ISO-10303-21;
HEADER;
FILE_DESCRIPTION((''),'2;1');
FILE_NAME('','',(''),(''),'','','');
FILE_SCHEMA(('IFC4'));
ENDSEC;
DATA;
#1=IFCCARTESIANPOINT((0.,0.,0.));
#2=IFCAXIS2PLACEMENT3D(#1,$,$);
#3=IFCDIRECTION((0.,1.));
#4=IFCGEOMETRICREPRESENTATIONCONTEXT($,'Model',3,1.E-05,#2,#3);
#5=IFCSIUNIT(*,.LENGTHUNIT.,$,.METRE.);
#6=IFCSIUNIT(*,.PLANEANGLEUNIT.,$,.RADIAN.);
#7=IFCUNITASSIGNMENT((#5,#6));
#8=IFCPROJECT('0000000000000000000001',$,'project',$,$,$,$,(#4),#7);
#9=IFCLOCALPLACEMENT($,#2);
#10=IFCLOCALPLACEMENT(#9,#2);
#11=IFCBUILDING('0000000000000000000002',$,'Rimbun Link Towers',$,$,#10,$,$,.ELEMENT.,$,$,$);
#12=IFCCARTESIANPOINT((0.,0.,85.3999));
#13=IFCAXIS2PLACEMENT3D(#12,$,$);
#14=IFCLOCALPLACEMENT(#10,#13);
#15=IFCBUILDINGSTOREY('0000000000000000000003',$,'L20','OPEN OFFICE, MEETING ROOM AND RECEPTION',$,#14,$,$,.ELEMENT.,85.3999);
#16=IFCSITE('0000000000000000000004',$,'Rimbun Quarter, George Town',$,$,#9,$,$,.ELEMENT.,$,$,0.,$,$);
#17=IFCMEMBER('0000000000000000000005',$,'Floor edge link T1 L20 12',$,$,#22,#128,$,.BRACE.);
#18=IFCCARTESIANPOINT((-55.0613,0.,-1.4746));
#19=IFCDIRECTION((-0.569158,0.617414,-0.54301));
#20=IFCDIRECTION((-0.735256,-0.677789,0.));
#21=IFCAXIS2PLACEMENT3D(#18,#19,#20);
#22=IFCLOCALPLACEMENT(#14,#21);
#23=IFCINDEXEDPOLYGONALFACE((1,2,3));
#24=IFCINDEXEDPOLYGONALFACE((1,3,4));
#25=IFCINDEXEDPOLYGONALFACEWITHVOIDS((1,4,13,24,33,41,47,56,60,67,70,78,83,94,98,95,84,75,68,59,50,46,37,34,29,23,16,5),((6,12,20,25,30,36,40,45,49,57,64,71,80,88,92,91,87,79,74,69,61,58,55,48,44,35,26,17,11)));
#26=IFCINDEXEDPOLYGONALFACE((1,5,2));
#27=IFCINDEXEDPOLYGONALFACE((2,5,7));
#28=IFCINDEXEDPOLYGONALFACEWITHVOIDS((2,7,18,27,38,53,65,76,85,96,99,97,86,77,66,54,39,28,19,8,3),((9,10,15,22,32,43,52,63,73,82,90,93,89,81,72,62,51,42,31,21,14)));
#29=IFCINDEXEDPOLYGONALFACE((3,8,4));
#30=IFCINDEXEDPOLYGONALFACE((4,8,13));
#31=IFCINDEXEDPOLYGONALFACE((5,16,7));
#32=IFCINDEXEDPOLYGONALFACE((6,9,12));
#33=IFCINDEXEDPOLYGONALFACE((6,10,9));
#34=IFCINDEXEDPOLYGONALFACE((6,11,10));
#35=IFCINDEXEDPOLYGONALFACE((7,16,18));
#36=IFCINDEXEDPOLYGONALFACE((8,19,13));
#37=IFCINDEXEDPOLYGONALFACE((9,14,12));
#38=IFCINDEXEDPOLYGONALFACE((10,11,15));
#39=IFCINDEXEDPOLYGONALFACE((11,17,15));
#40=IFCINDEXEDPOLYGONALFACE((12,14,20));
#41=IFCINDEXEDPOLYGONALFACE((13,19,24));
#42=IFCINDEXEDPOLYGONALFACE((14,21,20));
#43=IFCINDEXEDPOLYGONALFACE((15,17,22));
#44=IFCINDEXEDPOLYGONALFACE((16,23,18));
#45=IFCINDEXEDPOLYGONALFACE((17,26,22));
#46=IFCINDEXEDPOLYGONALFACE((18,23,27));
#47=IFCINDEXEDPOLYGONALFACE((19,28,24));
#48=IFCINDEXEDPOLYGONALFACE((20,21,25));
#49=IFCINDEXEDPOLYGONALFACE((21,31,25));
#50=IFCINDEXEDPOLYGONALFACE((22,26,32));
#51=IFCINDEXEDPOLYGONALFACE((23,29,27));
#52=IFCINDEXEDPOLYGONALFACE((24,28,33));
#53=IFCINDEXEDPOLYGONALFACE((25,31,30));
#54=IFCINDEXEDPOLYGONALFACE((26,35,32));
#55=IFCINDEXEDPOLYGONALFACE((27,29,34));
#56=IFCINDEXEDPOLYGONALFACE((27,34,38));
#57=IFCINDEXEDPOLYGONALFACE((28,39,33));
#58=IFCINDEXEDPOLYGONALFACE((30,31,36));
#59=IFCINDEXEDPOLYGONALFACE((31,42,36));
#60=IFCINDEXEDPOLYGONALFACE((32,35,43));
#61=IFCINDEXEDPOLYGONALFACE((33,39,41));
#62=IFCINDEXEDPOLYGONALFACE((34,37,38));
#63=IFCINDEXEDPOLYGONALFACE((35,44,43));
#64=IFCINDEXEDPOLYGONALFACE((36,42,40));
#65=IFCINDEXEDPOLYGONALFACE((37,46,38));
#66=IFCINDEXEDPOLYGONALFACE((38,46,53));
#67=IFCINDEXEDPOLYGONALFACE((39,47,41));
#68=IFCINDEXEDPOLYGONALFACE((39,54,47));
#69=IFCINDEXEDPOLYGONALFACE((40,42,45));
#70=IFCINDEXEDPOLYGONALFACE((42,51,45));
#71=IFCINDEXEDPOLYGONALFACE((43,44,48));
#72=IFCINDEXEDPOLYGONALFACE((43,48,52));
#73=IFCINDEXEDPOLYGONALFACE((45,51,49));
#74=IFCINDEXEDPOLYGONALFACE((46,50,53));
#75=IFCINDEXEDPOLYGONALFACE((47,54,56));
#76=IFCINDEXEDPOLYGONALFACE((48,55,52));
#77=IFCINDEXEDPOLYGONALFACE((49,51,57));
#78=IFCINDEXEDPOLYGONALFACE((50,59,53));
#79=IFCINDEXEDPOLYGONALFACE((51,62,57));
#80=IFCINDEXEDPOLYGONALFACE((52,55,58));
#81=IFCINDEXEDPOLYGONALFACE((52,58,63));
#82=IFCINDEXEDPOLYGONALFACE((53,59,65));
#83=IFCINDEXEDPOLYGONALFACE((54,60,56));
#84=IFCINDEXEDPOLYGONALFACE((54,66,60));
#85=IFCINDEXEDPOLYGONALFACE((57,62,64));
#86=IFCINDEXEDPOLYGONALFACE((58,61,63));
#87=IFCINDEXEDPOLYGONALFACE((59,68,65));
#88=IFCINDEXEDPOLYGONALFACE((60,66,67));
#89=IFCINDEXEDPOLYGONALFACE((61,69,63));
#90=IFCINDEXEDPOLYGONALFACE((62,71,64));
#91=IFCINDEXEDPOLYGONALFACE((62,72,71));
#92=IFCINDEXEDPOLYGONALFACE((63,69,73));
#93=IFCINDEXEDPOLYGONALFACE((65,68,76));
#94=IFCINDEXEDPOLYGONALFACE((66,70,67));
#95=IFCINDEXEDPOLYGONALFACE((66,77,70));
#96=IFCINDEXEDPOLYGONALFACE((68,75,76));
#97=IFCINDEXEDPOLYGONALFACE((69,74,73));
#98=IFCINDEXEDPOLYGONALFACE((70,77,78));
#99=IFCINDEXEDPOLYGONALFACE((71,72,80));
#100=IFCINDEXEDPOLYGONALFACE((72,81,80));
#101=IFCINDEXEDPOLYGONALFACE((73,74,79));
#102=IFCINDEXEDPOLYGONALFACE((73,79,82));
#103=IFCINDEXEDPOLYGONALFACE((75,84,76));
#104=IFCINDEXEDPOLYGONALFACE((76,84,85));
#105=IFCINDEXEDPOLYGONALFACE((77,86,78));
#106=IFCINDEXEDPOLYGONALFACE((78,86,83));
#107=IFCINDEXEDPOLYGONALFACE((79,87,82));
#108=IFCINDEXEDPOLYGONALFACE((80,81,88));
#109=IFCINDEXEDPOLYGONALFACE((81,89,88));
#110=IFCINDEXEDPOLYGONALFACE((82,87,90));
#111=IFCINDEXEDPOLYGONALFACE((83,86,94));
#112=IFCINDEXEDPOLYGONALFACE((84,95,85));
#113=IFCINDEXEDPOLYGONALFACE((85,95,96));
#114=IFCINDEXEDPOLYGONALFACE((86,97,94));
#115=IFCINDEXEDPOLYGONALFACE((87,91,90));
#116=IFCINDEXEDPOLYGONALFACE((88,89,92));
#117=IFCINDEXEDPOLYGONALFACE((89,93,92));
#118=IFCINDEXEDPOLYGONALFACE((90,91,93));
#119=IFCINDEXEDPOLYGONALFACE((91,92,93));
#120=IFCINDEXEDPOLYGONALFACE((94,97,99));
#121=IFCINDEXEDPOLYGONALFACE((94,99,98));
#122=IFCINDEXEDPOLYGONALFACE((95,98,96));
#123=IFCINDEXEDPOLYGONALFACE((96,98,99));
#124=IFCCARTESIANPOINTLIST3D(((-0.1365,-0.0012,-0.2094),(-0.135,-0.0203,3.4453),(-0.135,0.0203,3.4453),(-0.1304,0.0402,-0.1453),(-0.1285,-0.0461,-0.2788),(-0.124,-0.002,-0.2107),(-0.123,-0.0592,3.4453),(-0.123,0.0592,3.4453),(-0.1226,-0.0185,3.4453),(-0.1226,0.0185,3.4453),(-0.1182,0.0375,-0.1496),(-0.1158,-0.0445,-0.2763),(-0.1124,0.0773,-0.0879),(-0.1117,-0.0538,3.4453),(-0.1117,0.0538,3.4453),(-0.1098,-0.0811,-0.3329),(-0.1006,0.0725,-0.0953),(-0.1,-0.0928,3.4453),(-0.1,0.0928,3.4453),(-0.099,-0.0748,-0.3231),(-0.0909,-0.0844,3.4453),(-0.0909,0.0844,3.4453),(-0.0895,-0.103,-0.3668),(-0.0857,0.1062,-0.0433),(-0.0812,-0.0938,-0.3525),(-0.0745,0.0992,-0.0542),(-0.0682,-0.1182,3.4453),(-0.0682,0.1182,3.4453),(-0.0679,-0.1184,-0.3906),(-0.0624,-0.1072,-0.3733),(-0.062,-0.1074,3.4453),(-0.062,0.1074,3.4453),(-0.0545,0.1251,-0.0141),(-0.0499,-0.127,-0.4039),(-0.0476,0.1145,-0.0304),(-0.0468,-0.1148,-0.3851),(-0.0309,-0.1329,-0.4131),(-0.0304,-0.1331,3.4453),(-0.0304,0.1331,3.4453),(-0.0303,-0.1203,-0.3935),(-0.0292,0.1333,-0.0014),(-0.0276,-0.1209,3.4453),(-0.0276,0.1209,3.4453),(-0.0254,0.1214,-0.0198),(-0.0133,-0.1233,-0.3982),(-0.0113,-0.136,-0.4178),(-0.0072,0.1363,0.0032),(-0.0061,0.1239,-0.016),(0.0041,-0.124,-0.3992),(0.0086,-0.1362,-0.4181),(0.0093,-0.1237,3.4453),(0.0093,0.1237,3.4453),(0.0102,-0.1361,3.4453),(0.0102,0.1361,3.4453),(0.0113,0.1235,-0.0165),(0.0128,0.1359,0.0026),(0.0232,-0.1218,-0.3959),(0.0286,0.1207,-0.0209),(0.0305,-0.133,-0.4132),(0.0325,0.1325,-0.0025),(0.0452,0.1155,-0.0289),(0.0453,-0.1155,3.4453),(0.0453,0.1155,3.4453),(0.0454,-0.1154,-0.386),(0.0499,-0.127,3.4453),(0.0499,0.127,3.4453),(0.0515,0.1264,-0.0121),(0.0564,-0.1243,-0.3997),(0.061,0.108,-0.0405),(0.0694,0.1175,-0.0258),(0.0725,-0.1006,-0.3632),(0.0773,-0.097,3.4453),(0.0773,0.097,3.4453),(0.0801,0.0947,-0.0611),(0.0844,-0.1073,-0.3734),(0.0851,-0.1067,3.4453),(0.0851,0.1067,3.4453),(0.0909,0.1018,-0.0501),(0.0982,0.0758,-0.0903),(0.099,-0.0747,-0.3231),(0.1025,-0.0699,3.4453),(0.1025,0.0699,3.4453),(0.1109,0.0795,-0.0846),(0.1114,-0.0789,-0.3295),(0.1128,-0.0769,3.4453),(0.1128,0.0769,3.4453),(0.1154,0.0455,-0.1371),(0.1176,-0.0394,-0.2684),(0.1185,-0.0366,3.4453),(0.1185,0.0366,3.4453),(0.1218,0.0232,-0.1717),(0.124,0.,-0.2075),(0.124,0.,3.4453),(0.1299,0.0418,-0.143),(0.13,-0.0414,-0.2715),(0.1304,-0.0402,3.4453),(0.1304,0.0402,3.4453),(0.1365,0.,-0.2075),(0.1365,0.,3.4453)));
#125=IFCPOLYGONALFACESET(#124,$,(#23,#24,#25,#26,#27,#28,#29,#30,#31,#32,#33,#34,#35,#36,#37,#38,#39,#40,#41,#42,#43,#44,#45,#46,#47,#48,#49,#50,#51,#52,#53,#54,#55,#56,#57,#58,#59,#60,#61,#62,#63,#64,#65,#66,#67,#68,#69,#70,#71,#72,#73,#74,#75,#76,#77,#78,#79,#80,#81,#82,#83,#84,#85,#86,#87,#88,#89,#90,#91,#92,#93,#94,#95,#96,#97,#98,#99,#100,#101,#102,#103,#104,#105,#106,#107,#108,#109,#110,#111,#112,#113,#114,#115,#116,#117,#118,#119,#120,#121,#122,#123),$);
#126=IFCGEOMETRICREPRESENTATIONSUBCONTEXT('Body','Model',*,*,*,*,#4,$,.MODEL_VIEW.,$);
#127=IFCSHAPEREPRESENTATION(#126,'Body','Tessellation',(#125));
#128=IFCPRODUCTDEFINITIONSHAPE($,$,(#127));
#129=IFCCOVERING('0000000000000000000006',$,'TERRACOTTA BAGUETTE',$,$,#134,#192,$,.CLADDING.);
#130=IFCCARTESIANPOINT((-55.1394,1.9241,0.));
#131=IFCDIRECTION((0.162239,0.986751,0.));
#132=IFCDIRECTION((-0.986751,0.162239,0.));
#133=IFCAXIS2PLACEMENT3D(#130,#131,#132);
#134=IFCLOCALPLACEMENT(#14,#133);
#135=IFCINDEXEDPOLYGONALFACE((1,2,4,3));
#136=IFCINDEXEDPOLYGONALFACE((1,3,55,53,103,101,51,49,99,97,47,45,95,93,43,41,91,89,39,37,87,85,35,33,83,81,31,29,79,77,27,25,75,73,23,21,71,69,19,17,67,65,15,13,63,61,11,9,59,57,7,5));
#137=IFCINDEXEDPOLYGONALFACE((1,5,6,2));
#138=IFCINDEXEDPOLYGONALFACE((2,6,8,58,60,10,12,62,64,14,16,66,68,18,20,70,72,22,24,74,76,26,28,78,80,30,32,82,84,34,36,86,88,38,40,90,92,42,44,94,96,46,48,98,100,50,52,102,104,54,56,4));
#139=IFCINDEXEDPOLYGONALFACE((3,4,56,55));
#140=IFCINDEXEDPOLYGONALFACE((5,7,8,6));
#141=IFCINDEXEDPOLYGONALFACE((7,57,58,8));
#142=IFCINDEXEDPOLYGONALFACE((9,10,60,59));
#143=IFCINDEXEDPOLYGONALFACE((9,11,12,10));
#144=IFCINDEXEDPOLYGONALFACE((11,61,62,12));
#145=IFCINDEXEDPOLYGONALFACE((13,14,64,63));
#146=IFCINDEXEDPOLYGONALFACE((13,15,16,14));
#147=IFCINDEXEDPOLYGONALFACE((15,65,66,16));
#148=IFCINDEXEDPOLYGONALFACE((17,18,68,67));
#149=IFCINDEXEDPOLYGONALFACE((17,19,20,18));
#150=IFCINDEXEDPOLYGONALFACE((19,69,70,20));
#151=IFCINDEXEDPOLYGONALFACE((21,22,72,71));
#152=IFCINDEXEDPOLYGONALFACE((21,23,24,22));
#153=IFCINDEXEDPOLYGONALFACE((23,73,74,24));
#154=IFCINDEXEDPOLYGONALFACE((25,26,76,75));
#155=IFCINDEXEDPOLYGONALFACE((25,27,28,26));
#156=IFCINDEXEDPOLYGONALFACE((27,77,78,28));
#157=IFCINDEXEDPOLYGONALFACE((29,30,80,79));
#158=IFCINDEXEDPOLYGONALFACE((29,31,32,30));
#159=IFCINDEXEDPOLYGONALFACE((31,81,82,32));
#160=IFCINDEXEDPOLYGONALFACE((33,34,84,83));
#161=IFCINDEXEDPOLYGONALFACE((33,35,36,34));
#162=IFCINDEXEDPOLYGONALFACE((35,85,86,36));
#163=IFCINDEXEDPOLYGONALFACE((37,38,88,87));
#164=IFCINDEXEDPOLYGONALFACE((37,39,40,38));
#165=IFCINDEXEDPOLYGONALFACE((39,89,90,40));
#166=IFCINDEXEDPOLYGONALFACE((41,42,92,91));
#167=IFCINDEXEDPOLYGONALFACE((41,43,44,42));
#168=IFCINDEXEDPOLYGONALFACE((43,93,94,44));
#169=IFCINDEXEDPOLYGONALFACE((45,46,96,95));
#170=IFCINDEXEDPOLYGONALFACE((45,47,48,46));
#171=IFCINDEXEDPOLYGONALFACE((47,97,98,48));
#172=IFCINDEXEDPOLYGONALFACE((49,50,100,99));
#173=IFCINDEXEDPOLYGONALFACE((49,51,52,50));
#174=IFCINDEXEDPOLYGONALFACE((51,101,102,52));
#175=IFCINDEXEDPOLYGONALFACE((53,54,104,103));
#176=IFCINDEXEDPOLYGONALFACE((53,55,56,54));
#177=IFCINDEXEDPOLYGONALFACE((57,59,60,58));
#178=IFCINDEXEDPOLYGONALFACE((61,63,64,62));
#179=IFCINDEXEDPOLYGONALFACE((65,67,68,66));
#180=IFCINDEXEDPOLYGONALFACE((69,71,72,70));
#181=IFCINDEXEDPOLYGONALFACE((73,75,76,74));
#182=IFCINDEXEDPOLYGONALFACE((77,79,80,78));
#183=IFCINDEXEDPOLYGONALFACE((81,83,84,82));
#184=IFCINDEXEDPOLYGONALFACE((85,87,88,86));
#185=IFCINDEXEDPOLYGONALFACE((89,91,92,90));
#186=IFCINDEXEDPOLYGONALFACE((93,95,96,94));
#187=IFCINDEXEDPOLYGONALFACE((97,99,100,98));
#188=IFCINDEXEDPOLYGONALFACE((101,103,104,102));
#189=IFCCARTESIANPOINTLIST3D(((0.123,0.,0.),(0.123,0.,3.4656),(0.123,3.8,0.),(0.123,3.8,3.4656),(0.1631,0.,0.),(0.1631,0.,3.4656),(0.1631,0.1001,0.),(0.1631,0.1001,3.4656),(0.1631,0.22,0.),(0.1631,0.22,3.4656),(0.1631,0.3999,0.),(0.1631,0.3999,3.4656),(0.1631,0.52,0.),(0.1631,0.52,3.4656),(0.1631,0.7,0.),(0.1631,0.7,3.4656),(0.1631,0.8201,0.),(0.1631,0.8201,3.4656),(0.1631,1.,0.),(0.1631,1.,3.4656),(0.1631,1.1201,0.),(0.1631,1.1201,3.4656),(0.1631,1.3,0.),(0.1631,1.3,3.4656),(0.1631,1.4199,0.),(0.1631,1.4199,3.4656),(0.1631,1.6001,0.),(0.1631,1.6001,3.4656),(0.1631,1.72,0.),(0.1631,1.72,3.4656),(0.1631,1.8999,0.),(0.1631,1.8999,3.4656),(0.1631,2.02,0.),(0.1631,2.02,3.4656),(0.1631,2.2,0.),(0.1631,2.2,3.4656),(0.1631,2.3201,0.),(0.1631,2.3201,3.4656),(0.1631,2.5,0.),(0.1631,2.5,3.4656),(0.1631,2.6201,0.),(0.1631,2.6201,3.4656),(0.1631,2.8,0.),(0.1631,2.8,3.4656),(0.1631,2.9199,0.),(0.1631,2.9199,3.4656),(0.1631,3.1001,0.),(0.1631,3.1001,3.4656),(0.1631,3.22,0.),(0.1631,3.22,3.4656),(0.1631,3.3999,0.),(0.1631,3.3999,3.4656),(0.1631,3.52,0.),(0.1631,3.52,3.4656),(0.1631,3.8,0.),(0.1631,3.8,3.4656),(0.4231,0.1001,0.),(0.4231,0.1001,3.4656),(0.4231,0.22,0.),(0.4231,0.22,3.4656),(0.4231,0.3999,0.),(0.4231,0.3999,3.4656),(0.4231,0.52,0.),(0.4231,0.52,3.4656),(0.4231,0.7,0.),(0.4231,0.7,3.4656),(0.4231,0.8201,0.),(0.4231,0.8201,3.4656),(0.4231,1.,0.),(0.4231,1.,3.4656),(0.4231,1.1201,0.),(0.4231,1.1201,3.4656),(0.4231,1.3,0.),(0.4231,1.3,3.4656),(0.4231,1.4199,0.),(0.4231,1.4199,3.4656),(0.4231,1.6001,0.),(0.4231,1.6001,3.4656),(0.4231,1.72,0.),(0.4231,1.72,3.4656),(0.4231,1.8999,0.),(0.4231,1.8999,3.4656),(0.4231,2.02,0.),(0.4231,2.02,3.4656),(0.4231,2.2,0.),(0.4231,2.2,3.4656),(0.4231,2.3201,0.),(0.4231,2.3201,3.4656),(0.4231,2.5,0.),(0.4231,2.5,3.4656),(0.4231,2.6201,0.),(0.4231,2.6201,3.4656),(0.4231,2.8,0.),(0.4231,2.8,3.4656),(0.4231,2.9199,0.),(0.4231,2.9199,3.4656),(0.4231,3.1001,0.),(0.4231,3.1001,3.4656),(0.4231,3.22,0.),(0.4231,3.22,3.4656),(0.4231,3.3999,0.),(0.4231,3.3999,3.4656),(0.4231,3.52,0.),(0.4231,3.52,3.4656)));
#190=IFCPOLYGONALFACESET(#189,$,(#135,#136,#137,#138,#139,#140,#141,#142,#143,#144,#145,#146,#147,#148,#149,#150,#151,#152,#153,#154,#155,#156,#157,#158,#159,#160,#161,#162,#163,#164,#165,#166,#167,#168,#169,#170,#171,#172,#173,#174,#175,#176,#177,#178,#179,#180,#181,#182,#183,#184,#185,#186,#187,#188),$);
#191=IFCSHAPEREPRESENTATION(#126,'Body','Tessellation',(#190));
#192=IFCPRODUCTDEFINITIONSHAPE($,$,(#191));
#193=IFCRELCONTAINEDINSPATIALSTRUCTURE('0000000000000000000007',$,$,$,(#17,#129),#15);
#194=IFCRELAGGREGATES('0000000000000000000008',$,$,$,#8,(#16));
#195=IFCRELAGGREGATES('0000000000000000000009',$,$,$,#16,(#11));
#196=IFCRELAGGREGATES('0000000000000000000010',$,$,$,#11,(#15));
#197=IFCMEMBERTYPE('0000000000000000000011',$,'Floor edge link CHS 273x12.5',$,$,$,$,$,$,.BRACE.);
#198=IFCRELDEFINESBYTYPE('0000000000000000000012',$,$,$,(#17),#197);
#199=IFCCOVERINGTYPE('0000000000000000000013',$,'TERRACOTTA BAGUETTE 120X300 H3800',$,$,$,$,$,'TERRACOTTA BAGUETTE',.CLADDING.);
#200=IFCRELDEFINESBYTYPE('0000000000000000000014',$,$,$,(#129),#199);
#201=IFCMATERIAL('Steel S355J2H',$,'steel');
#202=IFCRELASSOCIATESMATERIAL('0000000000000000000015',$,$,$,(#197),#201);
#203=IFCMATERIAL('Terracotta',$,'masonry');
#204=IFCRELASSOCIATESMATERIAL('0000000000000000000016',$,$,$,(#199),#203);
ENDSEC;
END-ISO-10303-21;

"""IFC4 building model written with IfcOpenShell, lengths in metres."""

from ifc_helpers import new_model, si_unit, direction, frame, origin, origin_2d, place, context, subcontext, project, spatial, polyline, hollow_circle, outline, extrude, clip, halfspace, material, material_profile, profile_set, type_object, element, save


model = new_model("IFC4")

# Units and contexts
model_context = context("Model", 3, precision=1e-05, world=origin(), true_north=direction((0.0, 1.0)))
body_context = subcontext(model_context, "Body", "Model", "MODEL_VIEW")
ifc_project = project(units=[si_unit("LENGTHUNIT", "METRE"), si_unit("PLANEANGLEUNIT", "RADIAN")], contexts=[model_context])

# Site, building, storey
site_placement = place(None, origin())
site = spatial("IfcSite", under=ifc_project, at=site_placement, Name="Rimbun Quarter, George Town", CompositionType="ELEMENT", RefElevation=0.0)
building_placement = place(site_placement, origin())
building = spatial("IfcBuilding", under=site, at=building_placement, Name="Rimbun Link Towers", CompositionType="ELEMENT")
storey_placement = place(building_placement, frame((0.0, 0.0, 85.3999)))
storey = spatial("IfcBuildingStorey", under=building, at=storey_placement, Name="L20", Description="OPEN OFFICE, MEETING ROOM AND RECEPTION", CompositionType="ELEMENT", Elevation=85.3999)

# Member
ifc_material_1 = material(Name="Steel S355J2H", Category="steel")
ifc_material_profile_1 = material_profile(ifc_material_1, hollow_circle(Radius=0.1365, WallThickness=0.0125, at=origin_2d()), Name="CHS 273x12.5")
ifc_profile_set_1 = profile_set([ifc_material_profile_1], Name="Steel S355J2H")
member_type_1 = type_object("IfcMemberType", Name="Floor edge link CHS 273x12.5", PredefinedType="BRACE", material=ifc_profile_set_1)
member_1_placement = place(storey_placement, frame((-55.0613, 0.0, -1.4746), z_axis=(-0.569158, 0.617414, -0.54301), x_axis=(-0.735256, -0.677789, 0.0)))
element("IfcMember", 1, at=member_1_placement, inside=storey, type_object=member_type_1, Name="Floor edge link T1 L20 12", PredefinedType="BRACE", context=body_context, shape_type="Clipping", body=[
    clip(extrude(hollow_circle(Radius=0.1365, WallThickness=0.0125, at=origin_2d()), frame((0.0, 0.0, -0.4407)), (0.0, 0.0, 1.0), 3.886), halfspace(frame((0.0, 0.0, -0.2075), z_axis=(0.0, 0.839726, -0.54301)), False)),
])

# Covering
ifc_material_2 = material(Name="Terracotta", Category="masonry")
ifc_material_profile_2 = material_profile(ifc_material_2, outline(polyline([(0.123, 0.0), (0.1631, 0.0), (0.1631, 0.1001), (0.4231, 0.1001), (0.4231, 0.22), (0.1631, 0.22), (0.1631, 0.3999), (0.4231, 0.3999), (0.4231, 0.52), (0.1631, 0.52), (0.1631, 0.7), (0.4231, 0.7), (0.4231, 0.8201), (0.1631, 0.8201), (0.1631, 1.0), (0.4231, 1.0), (0.4231, 1.1201), (0.1631, 1.1201), (0.1631, 1.3), (0.4231, 1.3), (0.4231, 1.4199), (0.1631, 1.4199), (0.1631, 1.6001), (0.4231, 1.6001), (0.4231, 1.72), (0.1631, 1.72), (0.1631, 1.8999), (0.4231, 1.8999), (0.4231, 2.02), (0.1631, 2.02), (0.1631, 2.2), (0.4231, 2.2), (0.4231, 2.3201), (0.1631, 2.3201), (0.1631, 2.5), (0.4231, 2.5), (0.4231, 2.6201), (0.1631, 2.6201), (0.1631, 2.8), (0.4231, 2.8), (0.4231, 2.9199), (0.1631, 2.9199), (0.1631, 3.1001), (0.4231, 3.1001), (0.4231, 3.22), (0.1631, 3.22), (0.1631, 3.3999), (0.4231, 3.3999), (0.4231, 3.52), (0.1631, 3.52), (0.1631, 3.8), (0.123, 3.8), (0.123, 0.0)])), Name="BAGUETTE 120X300")
ifc_profile_set_2 = profile_set([ifc_material_profile_2], Name="Terracotta")
covering_type = type_object("IfcCoveringType", Name="TERRACOTTA BAGUETTE 120X300 H3800", ElementType="TERRACOTTA BAGUETTE", PredefinedType="CLADDING", material=ifc_profile_set_2)
covering_placement = place(storey_placement, frame((-55.1394, 1.9241, 0.0), z_axis=(0.162239, 0.986751, 0.0), x_axis=(-0.986751, 0.162239, 0.0)))
element("IfcCovering", 2, at=covering_placement, inside=storey, type_object=covering_type, Name="TERRACOTTA BAGUETTE", PredefinedType="CLADDING", context=body_context, shape_type="SweptSolid", body=[
    extrude(outline(polyline([(0.123, 0.0), (0.1631, 0.0), (0.1631, 0.1001), (0.4231, 0.1001), (0.4231, 0.22), (0.1631, 0.22), (0.1631, 0.3999), (0.4231, 0.3999), (0.4231, 0.52), (0.1631, 0.52), (0.1631, 0.7), (0.4231, 0.7), (0.4231, 0.8201), (0.1631, 0.8201), (0.1631, 1.0), (0.4231, 1.0), (0.4231, 1.1201), (0.1631, 1.1201), (0.1631, 1.3), (0.4231, 1.3), (0.4231, 1.4199), (0.1631, 1.4199), (0.1631, 1.6001), (0.4231, 1.6001), (0.4231, 1.72), (0.1631, 1.72), (0.1631, 1.8999), (0.4231, 1.8999), (0.4231, 2.02), (0.1631, 2.02), (0.1631, 2.2), (0.4231, 2.2), (0.4231, 2.3201), (0.1631, 2.3201), (0.1631, 2.5), (0.4231, 2.5), (0.4231, 2.6201), (0.1631, 2.6201), (0.1631, 2.8), (0.4231, 2.8), (0.4231, 2.9199), (0.1631, 2.9199), (0.1631, 3.1001), (0.4231, 3.1001), (0.4231, 3.22), (0.1631, 3.22), (0.1631, 3.3999), (0.4231, 3.3999), (0.4231, 3.52), (0.1631, 3.52), (0.1631, 3.8), (0.123, 3.8), (0.123, 0.0)])), origin(), (0.0, 0.0, 1.0), 3.4656),
])

save(model, "model.ifc")
